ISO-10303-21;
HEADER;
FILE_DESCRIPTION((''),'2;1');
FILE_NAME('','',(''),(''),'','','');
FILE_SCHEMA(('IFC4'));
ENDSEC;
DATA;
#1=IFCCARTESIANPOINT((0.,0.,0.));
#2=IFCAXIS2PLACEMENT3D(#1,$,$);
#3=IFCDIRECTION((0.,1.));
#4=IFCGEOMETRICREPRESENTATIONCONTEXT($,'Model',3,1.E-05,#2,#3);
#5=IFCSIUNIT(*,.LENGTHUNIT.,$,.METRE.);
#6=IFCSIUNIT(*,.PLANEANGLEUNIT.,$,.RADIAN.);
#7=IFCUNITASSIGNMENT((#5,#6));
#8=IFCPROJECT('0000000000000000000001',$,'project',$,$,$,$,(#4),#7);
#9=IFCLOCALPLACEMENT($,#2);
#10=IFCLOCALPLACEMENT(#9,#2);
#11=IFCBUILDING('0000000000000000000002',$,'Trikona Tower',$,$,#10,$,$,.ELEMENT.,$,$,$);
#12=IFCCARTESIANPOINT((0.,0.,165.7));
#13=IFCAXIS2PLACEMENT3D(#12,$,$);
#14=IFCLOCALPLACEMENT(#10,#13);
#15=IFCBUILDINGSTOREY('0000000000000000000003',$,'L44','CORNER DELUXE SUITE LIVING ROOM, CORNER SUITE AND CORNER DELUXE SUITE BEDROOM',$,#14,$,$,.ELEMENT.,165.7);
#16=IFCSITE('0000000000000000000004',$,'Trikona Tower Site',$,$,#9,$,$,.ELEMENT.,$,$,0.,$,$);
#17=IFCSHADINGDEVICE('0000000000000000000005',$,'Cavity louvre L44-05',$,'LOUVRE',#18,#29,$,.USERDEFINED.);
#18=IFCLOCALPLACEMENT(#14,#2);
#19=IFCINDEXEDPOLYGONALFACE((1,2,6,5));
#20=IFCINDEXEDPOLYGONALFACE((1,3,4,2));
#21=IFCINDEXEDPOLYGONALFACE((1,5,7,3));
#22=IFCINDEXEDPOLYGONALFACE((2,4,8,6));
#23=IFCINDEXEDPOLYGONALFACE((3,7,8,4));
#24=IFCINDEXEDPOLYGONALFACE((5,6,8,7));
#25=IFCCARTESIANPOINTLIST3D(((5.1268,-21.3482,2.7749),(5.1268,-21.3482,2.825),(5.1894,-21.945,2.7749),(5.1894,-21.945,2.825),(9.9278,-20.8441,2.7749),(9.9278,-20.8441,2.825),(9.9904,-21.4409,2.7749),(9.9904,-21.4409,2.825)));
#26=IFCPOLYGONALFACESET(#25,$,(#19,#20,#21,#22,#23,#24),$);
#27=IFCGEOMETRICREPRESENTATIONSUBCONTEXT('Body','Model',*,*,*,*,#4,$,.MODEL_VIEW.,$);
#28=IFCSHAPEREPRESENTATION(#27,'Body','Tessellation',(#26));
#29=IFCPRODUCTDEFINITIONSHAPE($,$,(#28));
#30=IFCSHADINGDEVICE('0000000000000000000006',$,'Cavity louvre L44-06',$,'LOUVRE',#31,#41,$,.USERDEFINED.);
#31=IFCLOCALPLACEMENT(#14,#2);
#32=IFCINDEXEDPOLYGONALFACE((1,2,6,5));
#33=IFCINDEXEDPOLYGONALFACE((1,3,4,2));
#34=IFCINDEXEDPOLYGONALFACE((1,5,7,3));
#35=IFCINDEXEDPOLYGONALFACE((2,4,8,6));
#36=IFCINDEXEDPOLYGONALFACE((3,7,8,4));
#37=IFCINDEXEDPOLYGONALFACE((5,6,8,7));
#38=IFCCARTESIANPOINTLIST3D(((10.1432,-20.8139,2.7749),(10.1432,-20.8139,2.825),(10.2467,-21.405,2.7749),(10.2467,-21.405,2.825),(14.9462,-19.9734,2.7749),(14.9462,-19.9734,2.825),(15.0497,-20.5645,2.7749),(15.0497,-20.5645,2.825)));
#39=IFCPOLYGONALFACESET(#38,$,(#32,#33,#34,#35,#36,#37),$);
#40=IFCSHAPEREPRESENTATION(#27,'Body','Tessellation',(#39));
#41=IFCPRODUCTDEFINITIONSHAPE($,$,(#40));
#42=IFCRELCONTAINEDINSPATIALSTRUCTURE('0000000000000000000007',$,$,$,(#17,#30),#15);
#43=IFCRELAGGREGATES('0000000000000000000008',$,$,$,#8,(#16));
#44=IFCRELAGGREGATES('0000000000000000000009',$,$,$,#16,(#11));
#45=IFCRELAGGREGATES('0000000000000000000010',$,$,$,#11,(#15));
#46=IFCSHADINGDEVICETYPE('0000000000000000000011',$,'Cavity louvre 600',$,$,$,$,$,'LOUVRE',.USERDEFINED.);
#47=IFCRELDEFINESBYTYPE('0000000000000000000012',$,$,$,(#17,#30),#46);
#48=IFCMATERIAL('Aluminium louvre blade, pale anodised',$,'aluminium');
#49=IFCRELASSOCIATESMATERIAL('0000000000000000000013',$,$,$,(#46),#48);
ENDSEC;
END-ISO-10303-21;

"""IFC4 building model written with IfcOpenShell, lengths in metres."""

from ifc_helpers import new_model, si_unit, direction, frame, origin, origin_2d, place, context, subcontext, project, spatial, rectangle, extrude, material, type_object, element, save


model = new_model("IFC4")

# Units and contexts
model_context = context("Model", 3, precision=1e-05, world=origin(), true_north=direction((0.0, 1.0)))
body_context = subcontext(model_context, "Body", "Model", "MODEL_VIEW")
ifc_project = project(units=[si_unit("LENGTHUNIT", "METRE"), si_unit("PLANEANGLEUNIT", "RADIAN")], contexts=[model_context])

# Site, building, storey
site_placement = place(None, origin())
site = spatial("IfcSite", under=ifc_project, at=site_placement, Name="Trikona Tower Site", CompositionType="ELEMENT", RefElevation=0.0)
building_placement = place(site_placement, origin())
building = spatial("IfcBuilding", under=site, at=building_placement, Name="Trikona Tower", CompositionType="ELEMENT")
storey_placement = place(building_placement, frame((0.0, 0.0, 165.7)))
storey = spatial("IfcBuildingStorey", under=building, at=storey_placement, Name="L44", Description="CORNER DELUXE SUITE LIVING ROOM, CORNER SUITE AND CORNER DELUXE SUITE BEDROOM", CompositionType="ELEMENT", Elevation=165.7)

# Shading devices
ifc_material_1 = material(Name="Aluminium louvre blade, pale anodised", Category="aluminium")
shading_device_type = type_object("IfcShadingDeviceType", Name="Cavity louvre 600", ElementType="LOUVRE", PredefinedType="USERDEFINED", material=ifc_material_1)
shading_device_1_placement = place(storey_placement, frame((7.5586, -21.3945, 2.7749), z_axis=(0.0, 0.0, 1.0), x_axis=(0.994533, 0.104426, 0.0)))
element("IfcShadingDevice", 1, at=shading_device_1_placement, inside=storey, type_object=shading_device_type, Name="Cavity louvre L44-05", ObjectType="LOUVRE", PredefinedType="USERDEFINED", context=body_context, shape_type="SweptSolid", body=[
    extrude(rectangle(XDim=4.8274, YDim=0.6001, at=origin_2d()), origin(), (0.0, 0.0, 1.0), 0.05),
])
shading_device_2_placement = place(storey_placement, frame((12.5964, -20.6892, 2.7749), z_axis=(0.0, 0.0, 1.0), x_axis=(0.985031, 0.17238, 0.0)))
element("IfcShadingDevice", 2, at=shading_device_2_placement, inside=storey, type_object=shading_device_type, Name="Cavity louvre L44-06", ObjectType="LOUVRE", PredefinedType="USERDEFINED", context=body_context, shape_type="SweptSolid", body=[
    extrude(rectangle(XDim=4.876, YDim=0.6001, at=origin_2d()), origin(), (0.0, 0.0, 1.0), 0.05),
])

save(model, "model.ifc")
